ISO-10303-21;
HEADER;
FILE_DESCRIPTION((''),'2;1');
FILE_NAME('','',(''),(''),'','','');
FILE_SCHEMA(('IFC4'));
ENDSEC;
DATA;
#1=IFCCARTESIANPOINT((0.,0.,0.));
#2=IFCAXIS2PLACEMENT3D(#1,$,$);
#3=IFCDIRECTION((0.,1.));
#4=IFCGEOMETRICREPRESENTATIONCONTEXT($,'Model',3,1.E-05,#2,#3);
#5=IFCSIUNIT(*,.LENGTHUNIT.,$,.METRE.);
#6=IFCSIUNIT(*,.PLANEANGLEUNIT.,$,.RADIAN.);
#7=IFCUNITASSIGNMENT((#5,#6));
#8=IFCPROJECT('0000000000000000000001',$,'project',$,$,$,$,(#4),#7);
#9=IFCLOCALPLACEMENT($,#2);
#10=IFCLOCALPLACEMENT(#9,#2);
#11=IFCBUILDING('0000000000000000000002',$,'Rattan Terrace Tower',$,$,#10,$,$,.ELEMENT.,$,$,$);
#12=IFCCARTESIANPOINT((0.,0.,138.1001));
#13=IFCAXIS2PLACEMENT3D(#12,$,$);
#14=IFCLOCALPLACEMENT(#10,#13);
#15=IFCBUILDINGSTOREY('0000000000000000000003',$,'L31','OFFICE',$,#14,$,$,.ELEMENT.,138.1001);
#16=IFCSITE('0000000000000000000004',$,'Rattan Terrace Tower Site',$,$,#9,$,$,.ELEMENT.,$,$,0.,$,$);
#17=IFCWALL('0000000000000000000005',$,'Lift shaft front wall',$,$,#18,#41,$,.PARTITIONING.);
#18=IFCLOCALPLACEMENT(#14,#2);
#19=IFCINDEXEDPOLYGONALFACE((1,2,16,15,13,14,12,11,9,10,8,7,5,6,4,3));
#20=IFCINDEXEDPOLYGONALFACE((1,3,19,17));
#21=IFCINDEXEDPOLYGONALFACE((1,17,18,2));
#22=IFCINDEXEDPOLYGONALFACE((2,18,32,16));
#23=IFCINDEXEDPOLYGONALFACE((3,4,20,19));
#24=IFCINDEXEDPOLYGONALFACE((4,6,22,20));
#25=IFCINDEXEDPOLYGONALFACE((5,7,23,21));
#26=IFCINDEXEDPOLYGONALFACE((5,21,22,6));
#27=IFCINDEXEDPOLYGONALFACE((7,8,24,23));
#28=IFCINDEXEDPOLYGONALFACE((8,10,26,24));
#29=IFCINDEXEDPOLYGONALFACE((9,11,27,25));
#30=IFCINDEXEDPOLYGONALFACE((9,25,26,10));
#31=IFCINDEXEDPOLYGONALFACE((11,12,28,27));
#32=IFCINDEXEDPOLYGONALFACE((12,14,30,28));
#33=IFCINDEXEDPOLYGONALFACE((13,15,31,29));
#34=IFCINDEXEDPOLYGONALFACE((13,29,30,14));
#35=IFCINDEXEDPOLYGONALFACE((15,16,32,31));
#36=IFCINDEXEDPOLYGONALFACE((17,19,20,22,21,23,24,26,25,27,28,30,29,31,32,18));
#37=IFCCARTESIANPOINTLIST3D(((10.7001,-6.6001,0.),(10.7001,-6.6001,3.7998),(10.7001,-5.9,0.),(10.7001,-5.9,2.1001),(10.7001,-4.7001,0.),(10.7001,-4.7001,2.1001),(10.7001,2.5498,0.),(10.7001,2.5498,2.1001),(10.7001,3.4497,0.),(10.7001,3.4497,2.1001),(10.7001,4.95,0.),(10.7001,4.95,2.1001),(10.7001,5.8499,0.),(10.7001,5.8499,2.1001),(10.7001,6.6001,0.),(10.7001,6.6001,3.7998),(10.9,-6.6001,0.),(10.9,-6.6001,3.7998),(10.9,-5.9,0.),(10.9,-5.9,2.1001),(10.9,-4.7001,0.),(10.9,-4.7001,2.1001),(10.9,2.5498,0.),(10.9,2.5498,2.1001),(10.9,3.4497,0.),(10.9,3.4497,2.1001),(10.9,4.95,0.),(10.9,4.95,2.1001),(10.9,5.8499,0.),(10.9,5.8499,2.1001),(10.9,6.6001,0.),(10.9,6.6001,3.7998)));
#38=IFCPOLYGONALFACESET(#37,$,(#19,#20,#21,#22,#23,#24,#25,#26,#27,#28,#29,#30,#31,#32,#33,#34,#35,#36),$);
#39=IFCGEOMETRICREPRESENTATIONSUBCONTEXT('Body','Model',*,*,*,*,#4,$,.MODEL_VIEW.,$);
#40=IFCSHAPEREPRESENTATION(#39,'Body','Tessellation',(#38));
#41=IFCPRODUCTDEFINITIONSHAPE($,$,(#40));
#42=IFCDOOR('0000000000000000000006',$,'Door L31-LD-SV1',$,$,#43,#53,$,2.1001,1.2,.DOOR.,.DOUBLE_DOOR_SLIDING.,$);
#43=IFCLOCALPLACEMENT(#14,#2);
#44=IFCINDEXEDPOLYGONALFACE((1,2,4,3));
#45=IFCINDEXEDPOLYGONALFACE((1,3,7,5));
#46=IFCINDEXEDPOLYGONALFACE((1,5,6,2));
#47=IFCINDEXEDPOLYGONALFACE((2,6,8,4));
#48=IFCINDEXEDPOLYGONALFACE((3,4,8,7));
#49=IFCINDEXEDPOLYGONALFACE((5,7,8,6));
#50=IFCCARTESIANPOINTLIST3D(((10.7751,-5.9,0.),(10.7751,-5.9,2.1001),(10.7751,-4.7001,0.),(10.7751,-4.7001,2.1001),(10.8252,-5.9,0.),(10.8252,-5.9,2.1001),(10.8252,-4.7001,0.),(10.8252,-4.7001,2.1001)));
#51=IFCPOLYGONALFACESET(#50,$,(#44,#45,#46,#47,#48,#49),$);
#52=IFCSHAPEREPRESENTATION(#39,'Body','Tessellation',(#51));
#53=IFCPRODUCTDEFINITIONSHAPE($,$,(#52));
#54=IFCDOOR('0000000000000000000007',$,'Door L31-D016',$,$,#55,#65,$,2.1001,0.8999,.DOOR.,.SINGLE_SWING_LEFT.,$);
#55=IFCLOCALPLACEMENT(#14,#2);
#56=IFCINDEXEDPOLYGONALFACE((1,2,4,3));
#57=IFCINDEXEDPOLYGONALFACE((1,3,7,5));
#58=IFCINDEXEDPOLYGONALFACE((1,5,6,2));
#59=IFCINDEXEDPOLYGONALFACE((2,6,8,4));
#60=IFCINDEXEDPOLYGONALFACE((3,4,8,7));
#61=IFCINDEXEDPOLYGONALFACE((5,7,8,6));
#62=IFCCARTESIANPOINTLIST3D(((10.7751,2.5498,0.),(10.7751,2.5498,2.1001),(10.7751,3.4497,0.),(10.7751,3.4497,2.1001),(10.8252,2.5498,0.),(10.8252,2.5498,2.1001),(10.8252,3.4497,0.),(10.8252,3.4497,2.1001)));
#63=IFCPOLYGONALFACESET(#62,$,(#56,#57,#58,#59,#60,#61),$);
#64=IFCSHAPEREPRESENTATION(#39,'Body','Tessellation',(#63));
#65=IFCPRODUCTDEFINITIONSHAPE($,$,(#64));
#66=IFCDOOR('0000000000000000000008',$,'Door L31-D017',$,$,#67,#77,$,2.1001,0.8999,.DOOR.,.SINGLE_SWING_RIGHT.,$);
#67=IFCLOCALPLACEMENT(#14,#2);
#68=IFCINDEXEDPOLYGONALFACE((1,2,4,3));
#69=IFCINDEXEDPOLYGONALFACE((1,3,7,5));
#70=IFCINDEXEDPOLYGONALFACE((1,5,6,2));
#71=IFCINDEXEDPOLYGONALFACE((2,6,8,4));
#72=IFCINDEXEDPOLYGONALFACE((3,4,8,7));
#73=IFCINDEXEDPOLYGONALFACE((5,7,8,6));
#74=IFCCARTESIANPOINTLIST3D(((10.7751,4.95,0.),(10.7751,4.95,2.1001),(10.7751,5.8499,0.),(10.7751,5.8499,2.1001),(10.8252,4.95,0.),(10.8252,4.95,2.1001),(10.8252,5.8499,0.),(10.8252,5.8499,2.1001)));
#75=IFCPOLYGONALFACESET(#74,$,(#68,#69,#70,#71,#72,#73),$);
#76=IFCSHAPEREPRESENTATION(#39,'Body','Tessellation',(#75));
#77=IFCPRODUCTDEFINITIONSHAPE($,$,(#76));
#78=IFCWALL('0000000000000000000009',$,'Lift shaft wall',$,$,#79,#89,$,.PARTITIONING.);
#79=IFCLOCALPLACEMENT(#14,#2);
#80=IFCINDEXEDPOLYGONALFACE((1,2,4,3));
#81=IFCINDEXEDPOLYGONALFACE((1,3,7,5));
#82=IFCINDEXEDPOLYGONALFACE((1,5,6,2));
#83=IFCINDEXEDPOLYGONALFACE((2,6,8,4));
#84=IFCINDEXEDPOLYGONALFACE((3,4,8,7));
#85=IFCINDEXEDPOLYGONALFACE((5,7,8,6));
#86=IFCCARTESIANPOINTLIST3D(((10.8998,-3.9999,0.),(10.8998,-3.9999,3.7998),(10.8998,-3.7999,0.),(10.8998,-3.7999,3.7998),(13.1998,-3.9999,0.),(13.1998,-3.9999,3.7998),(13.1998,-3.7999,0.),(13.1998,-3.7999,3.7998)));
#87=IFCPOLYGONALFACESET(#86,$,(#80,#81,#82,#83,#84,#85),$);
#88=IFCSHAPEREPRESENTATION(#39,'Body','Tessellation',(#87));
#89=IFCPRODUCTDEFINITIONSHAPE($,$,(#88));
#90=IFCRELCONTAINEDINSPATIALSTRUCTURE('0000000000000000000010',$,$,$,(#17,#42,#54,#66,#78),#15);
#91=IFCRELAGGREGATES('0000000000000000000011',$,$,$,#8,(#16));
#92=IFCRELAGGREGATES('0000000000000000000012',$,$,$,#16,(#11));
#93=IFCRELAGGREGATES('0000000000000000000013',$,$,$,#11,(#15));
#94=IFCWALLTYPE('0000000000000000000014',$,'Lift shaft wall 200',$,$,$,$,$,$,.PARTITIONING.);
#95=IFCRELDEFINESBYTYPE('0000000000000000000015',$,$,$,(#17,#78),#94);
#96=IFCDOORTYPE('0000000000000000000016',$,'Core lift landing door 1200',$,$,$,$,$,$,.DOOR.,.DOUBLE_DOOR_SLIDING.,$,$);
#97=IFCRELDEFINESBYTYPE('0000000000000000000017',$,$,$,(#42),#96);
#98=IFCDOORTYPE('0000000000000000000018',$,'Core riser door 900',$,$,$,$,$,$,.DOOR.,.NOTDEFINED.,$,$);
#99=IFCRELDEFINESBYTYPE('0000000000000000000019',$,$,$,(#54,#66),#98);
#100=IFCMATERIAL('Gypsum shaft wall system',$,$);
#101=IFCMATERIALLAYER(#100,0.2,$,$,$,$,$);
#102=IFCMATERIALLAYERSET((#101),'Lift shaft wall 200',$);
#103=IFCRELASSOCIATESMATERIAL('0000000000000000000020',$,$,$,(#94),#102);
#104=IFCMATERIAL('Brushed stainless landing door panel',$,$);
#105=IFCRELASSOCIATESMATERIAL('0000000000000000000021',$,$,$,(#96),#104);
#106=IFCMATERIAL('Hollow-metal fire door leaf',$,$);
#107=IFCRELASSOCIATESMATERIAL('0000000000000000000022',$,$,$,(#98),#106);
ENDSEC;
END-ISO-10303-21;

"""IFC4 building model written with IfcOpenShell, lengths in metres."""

from ifc_helpers import new_model, si_unit, direction, frame, frame_2d, origin, place, context, subcontext, project, spatial, rectangle, extrude, material, layer, layer_set, type_object, element, fill, save


model = new_model("IFC4")

# Units and contexts
model_context = context("Model", 3, precision=1e-05, world=origin(), true_north=direction((0.0, 1.0)))
body_context = subcontext(model_context, "Body", "Model", "MODEL_VIEW")
ifc_project = project(units=[si_unit("LENGTHUNIT", "METRE"), si_unit("PLANEANGLEUNIT", "RADIAN")], contexts=[model_context])

# Site, building, storey
site_placement = place(None, origin())
site = spatial("IfcSite", under=ifc_project, at=site_placement, Name="Rattan Terrace Tower Site", CompositionType="ELEMENT", RefElevation=0.0)
building_placement = place(site_placement, origin())
building = spatial("IfcBuilding", under=site, at=building_placement, Name="Rattan Terrace Tower", CompositionType="ELEMENT")
storey_placement = place(building_placement, frame((0.0, 0.0, 138.1001)))
storey = spatial("IfcBuildingStorey", under=building, at=storey_placement, Name="L31", Description="OFFICE", CompositionType="ELEMENT", Elevation=138.1001)

# Shared definitions
ifc_material_1 = material(Name="Gypsum shaft wall system")
ifc_layer_1 = layer(ifc_material_1, 0.2)
ifc_layer_set_1 = layer_set([ifc_layer_1], Name="Lift shaft wall 200")
wall_type_1 = type_object("IfcWallType", Name="Lift shaft wall 200", PredefinedType="PARTITIONING", material=ifc_layer_set_1)

# Wall, openings, doors
wall_1_placement = place(storey_placement, frame((10.8, -6.6001, 0.0), z_axis=(0.0, 0.0, 1.0), x_axis=(0.0, 1.0, 0.0)))
wall_1 = element("IfcWall", 1, at=wall_1_placement, inside=storey, type_object=wall_type_1, Name="Lift shaft front wall", PredefinedType="PARTITIONING", context=body_context, shape_type="SweptSolid", body=[
    extrude(rectangle(XDim=13.2002, YDim=0.2, at=frame_2d((6.6001, 0.0))), origin(), (0.0, 0.0, 1.0), 3.7998),
])
opening_1_placement = place(wall_1_placement, frame((0.7, 0.0, 0.0)))
opening_1 = element("IfcOpeningElement", 2, at=opening_1_placement, cuts=wall_1, PredefinedType="OPENING", context=body_context, shape_type="SweptSolid", body=[
    extrude(rectangle(XDim=1.2, YDim=2.1001, at=frame_2d((0.6001, 1.05))), frame((0.0, 0.1106, 0.0), z_axis=(0.0, -1.0, 0.0), x_axis=(1.0, 0.0, 0.0)), (0.0, 0.0, 1.0), 0.2209),
])
opening_2_placement = place(wall_1_placement, frame((9.1499, 0.0, 0.0)))
opening_2 = element("IfcOpeningElement", 3, at=opening_2_placement, cuts=wall_1, PredefinedType="OPENING", context=body_context, shape_type="SweptSolid", body=[
    extrude(rectangle(XDim=0.8999, YDim=2.1001, at=frame_2d((0.45, 1.05))), frame((0.0, 0.1106, 0.0), z_axis=(0.0, -1.0, 0.0), x_axis=(1.0, 0.0, 0.0)), (0.0, 0.0, 1.0), 0.2209),
])
opening_3_placement = place(wall_1_placement, frame((11.55, 0.0, 0.0)))
opening_3 = element("IfcOpeningElement", 4, at=opening_3_placement, cuts=wall_1, PredefinedType="OPENING", context=body_context, shape_type="SweptSolid", body=[
    extrude(rectangle(XDim=0.8999, YDim=2.1001, at=frame_2d((0.45, 1.05))), frame((0.0, 0.1106, 0.0), z_axis=(0.0, -1.0, 0.0), x_axis=(1.0, 0.0, 0.0)), (0.0, 0.0, 1.0), 0.2209),
])
ifc_material_2 = material(Name="Brushed stainless landing door panel")
door_type_1 = type_object("IfcDoorType", Name="Core lift landing door 1200", OperationType="DOUBLE_DOOR_SLIDING", PredefinedType="DOOR", material=ifc_material_2)
door_1_placement = place(opening_1_placement, origin())
door_1 = element("IfcDoor", 5, at=door_1_placement, inside=storey, type_object=door_type_1, Name="Door L31-LD-SV1", OperationType="DOUBLE_DOOR_SLIDING", OverallHeight=2.1001, OverallWidth=1.2, PredefinedType="DOOR", context=body_context, shape_type="SweptSolid", body=[
    extrude(rectangle(XDim=1.2, YDim=2.1001, at=frame_2d((0.6001, 1.05))), frame((0.0, 0.0249, 0.0), z_axis=(0.0, -1.0, 0.0), x_axis=(1.0, 0.0, 0.0)), (0.0, 0.0, 1.0), 0.05),
])
fill(opening_1, door_1)
ifc_material_3 = material(Name="Hollow-metal fire door leaf")
door_type_2 = type_object("IfcDoorType", Name="Core riser door 900", OperationType="NOTDEFINED", PredefinedType="DOOR", material=ifc_material_3)
door_2_placement = place(opening_2_placement, origin())
door_2 = element("IfcDoor", 6, at=door_2_placement, inside=storey, type_object=door_type_2, Name="Door L31-D016", OperationType="SINGLE_SWING_LEFT", OverallHeight=2.1001, OverallWidth=0.8999, PredefinedType="DOOR", context=body_context, shape_type="SweptSolid", body=[
    extrude(rectangle(XDim=0.8999, YDim=2.1001, at=frame_2d((0.45, 1.05))), frame((0.0, 0.0249, 0.0), z_axis=(0.0, -1.0, 0.0), x_axis=(1.0, 0.0, 0.0)), (0.0, 0.0, 1.0), 0.05),
])
fill(opening_2, door_2)
door_3_placement = place(opening_3_placement, origin())
door_3 = element("IfcDoor", 7, at=door_3_placement, inside=storey, type_object=door_type_2, Name="Door L31-D017", OperationType="SINGLE_SWING_RIGHT", OverallHeight=2.1001, OverallWidth=0.8999, PredefinedType="DOOR", context=body_context, shape_type="SweptSolid", body=[
    extrude(rectangle(XDim=0.8999, YDim=2.1001, at=frame_2d((0.45, 1.05))), frame((0.0, 0.0249, 0.0), z_axis=(0.0, -1.0, 0.0), x_axis=(1.0, 0.0, 0.0)), (0.0, 0.0, 1.0), 0.05),
])
fill(opening_3, door_3)

# Wall
wall_2_placement = place(storey_placement, frame((10.8999, -3.8999, 0.0), z_axis=(0.0, 0.0, 1.0), x_axis=(1.0, 0.0, 0.0)))
element("IfcWall", 8, at=wall_2_placement, inside=storey, type_object=wall_type_1, Name="Lift shaft wall", PredefinedType="PARTITIONING", context=body_context, shape_type="SweptSolid", body=[
    extrude(rectangle(XDim=2.3, YDim=0.2, at=frame_2d((1.1499, 0.0))), origin(), (0.0, 0.0, 1.0), 3.7998),
])

save(model, "model.ifc")
